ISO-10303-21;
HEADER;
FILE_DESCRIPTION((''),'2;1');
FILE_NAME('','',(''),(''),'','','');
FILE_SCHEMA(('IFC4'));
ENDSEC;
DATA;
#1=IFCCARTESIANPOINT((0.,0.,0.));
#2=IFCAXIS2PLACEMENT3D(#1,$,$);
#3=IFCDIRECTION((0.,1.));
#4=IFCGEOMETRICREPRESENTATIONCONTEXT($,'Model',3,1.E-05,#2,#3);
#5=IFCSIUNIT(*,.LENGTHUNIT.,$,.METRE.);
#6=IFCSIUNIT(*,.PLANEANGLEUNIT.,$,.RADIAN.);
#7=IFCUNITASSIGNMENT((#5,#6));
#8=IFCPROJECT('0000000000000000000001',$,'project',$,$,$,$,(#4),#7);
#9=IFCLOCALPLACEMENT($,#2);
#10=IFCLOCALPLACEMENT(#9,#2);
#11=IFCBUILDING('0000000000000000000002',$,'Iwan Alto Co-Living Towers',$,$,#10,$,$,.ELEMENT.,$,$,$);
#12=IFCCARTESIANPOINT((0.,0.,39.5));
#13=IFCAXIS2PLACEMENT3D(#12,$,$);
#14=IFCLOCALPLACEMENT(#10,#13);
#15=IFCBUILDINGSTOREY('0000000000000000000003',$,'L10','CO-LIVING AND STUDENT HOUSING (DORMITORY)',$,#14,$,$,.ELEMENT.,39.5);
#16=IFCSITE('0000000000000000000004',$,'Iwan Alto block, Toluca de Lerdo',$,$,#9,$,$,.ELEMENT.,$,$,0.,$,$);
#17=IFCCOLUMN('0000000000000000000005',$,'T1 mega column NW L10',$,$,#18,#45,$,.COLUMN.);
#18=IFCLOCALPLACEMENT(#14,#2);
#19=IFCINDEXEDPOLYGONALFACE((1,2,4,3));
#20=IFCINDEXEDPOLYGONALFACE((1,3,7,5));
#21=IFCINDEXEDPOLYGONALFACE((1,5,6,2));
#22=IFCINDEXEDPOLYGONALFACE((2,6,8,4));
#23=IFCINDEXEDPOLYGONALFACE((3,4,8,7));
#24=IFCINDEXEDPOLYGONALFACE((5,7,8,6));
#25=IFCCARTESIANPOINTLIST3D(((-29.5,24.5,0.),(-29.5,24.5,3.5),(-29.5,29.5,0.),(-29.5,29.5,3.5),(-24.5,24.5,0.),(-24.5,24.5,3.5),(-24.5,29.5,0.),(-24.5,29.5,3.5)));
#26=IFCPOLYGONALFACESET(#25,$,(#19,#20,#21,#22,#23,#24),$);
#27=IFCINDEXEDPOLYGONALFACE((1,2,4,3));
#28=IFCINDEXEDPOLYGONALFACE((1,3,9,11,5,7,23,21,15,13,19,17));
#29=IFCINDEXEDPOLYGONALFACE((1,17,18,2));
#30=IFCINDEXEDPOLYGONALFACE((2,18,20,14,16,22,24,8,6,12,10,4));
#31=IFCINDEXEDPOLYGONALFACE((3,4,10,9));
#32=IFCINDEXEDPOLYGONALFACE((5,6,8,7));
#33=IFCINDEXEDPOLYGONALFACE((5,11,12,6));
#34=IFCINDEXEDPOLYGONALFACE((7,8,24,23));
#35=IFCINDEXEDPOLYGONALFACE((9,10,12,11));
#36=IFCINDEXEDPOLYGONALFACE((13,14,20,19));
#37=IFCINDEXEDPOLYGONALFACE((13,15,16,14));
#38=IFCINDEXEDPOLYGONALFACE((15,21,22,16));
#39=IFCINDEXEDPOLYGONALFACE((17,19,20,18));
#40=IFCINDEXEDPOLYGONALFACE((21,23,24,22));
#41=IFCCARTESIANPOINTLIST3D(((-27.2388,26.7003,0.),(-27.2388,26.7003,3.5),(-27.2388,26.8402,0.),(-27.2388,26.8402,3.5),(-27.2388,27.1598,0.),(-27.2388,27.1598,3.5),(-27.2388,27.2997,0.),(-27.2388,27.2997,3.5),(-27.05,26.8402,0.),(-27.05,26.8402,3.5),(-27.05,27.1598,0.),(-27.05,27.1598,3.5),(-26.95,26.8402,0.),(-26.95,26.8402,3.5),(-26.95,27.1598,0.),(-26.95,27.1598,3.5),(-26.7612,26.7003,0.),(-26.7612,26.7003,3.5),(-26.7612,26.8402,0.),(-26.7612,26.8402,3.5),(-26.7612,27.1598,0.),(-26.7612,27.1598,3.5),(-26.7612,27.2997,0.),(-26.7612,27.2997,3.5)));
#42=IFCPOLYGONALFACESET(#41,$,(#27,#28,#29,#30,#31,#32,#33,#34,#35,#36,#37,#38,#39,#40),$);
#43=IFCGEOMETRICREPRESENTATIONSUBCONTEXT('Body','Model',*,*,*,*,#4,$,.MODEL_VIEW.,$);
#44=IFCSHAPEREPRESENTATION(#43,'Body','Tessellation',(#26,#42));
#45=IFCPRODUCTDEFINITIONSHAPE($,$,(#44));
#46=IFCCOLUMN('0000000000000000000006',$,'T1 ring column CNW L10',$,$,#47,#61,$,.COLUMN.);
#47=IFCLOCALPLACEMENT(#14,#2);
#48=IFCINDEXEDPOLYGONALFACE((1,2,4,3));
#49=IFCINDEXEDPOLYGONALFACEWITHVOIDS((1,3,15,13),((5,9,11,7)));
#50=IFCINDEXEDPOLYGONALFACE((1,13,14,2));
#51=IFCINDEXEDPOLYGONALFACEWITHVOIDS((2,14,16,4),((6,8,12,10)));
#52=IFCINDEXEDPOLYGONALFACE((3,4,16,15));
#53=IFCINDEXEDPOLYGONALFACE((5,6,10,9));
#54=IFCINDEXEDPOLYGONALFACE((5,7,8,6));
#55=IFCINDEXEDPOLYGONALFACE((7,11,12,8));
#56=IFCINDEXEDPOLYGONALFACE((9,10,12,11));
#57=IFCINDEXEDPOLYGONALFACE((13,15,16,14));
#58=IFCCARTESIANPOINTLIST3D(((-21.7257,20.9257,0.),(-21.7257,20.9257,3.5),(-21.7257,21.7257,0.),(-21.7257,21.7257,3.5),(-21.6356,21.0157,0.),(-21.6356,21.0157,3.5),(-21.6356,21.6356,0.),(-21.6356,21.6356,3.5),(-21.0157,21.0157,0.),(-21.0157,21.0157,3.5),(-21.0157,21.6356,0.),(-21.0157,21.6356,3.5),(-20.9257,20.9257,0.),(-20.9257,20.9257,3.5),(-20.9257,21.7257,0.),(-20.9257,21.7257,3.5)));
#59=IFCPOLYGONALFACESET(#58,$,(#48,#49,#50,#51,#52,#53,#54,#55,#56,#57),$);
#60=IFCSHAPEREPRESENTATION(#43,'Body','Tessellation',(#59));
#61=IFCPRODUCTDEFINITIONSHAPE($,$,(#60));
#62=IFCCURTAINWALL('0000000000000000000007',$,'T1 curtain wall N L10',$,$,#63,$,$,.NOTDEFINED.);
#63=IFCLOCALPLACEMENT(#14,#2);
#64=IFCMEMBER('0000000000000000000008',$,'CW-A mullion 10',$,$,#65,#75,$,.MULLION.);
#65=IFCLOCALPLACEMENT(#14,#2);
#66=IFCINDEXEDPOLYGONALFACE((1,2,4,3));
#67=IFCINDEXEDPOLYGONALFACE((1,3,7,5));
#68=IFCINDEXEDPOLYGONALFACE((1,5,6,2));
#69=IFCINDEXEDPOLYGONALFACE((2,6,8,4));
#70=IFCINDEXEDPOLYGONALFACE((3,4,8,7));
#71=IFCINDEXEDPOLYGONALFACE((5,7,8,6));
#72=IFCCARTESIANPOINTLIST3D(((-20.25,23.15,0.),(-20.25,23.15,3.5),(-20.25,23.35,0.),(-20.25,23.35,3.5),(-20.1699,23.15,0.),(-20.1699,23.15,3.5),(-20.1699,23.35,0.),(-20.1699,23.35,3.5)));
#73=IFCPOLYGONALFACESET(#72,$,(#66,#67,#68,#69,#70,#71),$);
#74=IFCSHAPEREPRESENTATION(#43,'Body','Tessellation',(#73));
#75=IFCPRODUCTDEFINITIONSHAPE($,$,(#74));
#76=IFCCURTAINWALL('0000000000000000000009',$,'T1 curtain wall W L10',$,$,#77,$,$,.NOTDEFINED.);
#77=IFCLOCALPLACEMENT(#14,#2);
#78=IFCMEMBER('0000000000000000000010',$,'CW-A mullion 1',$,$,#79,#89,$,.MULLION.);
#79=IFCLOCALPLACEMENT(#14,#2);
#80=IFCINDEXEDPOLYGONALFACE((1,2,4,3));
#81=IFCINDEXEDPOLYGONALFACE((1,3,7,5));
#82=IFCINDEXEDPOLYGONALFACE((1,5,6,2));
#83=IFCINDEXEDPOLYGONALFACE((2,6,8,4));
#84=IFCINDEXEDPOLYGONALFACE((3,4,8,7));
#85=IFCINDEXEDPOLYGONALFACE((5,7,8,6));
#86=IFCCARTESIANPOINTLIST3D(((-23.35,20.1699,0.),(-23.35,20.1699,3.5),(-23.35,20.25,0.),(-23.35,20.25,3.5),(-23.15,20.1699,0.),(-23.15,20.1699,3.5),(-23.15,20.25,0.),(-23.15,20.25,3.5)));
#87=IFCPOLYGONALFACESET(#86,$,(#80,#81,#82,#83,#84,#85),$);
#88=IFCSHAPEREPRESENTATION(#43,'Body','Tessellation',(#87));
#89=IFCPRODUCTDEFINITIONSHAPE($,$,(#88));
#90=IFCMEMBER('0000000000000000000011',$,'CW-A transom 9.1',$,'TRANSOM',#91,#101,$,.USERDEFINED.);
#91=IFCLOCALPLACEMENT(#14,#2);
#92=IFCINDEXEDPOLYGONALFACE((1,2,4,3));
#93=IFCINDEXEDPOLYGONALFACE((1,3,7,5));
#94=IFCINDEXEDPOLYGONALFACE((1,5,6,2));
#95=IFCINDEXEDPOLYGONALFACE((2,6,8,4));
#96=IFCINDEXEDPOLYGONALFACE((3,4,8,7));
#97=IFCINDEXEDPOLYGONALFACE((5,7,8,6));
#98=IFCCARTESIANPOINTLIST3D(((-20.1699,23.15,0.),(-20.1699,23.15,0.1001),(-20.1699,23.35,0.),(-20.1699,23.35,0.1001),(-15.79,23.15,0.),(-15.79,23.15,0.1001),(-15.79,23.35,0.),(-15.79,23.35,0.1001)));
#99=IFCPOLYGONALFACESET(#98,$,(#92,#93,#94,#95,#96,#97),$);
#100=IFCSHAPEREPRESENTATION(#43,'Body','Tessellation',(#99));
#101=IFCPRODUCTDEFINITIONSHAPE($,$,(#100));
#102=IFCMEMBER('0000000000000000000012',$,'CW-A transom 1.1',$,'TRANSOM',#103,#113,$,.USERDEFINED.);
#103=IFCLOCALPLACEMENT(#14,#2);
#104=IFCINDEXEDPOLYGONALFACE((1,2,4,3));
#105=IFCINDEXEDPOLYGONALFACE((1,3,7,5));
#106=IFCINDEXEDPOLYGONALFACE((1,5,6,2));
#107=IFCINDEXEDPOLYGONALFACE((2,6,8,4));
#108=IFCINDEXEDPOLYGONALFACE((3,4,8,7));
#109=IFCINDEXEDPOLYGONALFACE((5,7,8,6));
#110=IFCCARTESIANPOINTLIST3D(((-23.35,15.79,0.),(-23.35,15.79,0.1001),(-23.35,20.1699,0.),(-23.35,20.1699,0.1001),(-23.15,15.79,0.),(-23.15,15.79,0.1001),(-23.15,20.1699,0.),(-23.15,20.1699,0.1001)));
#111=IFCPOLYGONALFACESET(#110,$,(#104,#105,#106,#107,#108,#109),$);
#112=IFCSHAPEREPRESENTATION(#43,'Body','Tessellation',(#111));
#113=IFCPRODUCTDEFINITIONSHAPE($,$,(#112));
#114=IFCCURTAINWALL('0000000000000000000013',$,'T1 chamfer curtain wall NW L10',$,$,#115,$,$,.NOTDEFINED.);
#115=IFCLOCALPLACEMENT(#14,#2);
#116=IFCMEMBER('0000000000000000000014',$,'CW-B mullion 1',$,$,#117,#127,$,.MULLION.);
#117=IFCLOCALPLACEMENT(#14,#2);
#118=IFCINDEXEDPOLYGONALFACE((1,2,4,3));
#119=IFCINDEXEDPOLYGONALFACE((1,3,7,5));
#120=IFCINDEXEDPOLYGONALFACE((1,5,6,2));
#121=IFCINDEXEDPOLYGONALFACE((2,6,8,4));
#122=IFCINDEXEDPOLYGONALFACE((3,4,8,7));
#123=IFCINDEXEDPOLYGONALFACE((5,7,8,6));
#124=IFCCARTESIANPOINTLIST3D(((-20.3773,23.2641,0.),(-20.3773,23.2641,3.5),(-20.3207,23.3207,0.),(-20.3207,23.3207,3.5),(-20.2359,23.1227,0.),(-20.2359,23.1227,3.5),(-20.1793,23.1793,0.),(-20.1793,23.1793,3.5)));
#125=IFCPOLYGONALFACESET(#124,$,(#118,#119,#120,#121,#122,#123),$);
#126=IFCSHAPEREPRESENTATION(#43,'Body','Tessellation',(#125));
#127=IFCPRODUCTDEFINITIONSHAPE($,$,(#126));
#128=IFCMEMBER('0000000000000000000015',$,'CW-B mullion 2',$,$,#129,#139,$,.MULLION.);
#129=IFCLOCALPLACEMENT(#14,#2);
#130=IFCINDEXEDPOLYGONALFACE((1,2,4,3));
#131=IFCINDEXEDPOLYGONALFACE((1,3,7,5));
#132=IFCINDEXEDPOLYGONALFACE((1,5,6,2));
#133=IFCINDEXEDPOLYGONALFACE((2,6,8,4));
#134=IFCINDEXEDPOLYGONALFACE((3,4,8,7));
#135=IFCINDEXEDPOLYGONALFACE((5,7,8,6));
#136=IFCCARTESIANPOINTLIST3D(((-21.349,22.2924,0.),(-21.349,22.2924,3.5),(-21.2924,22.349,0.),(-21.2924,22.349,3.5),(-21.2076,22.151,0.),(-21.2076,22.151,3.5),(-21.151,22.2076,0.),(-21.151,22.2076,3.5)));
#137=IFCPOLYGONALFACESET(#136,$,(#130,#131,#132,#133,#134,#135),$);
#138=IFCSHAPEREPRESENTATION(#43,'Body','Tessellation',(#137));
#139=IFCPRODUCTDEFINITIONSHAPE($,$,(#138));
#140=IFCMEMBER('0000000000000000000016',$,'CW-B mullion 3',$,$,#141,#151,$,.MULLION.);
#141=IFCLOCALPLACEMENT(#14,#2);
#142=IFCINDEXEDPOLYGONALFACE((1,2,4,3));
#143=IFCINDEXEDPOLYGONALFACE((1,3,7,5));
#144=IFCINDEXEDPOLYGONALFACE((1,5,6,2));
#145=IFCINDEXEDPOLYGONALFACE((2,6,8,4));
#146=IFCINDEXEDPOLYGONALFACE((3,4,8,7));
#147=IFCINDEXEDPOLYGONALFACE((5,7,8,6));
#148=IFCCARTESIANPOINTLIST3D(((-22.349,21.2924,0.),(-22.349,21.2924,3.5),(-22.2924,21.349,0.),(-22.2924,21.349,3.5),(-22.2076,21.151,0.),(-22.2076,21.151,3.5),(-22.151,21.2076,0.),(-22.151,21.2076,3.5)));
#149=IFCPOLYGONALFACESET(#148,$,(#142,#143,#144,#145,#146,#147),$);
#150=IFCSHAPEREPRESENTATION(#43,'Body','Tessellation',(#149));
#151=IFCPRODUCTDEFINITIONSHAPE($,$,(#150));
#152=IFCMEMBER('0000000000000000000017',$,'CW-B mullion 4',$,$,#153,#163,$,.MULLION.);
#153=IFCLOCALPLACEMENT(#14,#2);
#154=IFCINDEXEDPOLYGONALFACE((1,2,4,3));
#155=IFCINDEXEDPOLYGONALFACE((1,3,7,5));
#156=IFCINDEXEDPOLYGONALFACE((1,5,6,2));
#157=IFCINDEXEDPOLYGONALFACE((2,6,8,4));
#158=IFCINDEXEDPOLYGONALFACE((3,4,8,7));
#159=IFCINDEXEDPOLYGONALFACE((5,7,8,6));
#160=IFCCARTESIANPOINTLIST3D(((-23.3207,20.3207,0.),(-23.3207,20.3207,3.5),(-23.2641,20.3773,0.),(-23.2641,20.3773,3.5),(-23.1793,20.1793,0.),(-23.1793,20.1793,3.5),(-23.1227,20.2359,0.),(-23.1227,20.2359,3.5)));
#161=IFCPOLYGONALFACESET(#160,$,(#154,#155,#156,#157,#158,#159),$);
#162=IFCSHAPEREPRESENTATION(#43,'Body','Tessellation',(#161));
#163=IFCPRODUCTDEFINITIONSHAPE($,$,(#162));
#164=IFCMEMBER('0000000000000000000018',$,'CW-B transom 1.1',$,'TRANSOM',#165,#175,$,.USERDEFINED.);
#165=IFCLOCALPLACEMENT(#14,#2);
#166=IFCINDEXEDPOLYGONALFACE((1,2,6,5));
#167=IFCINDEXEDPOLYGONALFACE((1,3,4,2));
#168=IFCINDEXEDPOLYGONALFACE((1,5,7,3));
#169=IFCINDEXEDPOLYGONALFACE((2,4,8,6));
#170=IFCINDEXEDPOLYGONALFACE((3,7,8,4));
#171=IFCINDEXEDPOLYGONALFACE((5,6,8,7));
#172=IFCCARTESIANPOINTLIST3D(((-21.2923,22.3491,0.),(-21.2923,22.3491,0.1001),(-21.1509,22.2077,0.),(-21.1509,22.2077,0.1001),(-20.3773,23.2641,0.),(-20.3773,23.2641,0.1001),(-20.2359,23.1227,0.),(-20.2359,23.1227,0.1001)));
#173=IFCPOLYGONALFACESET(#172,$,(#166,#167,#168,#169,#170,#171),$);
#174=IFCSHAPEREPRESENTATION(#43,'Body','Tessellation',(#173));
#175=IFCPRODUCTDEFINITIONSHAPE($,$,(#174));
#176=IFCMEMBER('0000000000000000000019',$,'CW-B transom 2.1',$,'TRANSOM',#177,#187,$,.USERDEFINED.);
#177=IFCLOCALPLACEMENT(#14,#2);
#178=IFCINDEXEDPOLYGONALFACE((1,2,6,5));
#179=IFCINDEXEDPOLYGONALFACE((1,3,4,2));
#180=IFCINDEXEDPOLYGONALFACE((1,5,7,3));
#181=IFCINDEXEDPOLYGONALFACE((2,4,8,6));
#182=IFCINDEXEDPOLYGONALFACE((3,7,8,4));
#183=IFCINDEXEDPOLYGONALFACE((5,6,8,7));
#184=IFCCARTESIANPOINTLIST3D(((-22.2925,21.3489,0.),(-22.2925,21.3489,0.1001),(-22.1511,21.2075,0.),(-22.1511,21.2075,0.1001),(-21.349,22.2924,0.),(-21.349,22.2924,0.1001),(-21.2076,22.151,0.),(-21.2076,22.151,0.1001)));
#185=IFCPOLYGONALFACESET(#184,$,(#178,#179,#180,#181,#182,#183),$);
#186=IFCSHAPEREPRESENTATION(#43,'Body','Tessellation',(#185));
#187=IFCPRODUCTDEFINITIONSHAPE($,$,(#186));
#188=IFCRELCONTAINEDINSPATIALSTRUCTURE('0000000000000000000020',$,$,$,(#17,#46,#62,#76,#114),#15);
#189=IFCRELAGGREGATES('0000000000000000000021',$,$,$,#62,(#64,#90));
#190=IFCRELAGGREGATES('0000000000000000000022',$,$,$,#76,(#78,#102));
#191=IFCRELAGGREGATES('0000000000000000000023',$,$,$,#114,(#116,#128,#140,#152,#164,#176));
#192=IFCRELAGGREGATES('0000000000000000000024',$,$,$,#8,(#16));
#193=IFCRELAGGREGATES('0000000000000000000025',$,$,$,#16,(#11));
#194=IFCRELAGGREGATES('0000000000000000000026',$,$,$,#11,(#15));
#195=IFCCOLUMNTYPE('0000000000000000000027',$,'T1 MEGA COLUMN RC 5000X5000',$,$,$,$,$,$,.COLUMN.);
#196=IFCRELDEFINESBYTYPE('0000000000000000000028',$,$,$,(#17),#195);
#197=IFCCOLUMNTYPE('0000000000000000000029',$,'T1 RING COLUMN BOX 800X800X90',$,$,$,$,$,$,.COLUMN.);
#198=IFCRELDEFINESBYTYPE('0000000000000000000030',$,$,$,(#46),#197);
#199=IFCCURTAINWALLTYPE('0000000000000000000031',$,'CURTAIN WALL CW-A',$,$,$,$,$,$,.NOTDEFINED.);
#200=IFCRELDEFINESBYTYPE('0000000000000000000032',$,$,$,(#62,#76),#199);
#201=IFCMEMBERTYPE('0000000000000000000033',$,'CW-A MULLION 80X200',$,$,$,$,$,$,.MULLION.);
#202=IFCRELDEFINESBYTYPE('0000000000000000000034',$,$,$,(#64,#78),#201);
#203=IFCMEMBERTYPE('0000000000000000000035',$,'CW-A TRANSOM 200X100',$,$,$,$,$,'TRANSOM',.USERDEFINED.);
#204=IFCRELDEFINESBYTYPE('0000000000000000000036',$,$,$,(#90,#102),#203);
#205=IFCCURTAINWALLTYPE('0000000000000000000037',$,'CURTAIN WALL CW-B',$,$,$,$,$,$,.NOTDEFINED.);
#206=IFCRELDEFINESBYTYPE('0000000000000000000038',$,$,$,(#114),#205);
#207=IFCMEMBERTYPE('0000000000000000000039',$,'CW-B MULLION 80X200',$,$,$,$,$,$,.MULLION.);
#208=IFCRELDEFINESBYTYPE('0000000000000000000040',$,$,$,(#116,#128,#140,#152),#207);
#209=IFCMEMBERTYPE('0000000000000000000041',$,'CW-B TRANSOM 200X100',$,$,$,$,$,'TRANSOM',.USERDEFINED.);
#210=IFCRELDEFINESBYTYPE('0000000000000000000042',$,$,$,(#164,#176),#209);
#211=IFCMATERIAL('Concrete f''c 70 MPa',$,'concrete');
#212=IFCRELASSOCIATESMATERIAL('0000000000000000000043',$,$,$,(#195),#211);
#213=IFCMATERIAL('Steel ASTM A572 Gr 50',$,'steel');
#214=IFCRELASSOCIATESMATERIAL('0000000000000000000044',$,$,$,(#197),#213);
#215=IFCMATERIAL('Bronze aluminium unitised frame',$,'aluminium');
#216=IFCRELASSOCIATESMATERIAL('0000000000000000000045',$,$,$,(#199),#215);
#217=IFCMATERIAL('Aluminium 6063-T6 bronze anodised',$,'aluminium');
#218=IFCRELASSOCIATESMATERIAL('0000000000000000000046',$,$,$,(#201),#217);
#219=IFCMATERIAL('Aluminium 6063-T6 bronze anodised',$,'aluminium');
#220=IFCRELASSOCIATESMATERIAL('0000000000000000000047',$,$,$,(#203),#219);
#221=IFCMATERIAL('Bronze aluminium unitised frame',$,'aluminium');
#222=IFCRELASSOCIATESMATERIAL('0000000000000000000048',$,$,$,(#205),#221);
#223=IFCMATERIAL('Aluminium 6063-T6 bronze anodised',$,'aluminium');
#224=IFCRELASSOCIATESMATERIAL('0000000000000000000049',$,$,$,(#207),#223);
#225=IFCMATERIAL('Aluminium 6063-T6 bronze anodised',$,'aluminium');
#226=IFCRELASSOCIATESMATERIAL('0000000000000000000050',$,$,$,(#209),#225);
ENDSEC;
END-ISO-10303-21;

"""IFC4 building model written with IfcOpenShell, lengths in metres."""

from ifc_helpers import new_model, si_unit, direction, frame, origin, origin_2d, place, context, subcontext, project, spatial, rectangle, hollow_rectangle, i_section, extrude, material, material_profile, profile_set, type_object, element, aggregate, save


model = new_model("IFC4")

# Units and contexts
model_context = context("Model", 3, precision=1e-05, world=origin(), true_north=direction((0.0, 1.0)))
body_context = subcontext(model_context, "Body", "Model", "MODEL_VIEW")
ifc_project = project(units=[si_unit("LENGTHUNIT", "METRE"), si_unit("PLANEANGLEUNIT", "RADIAN")], contexts=[model_context])

# Site, building, storey
site_placement = place(None, origin())
site = spatial("IfcSite", under=ifc_project, at=site_placement, Name="Iwan Alto block, Toluca de Lerdo", CompositionType="ELEMENT", RefElevation=0.0)
building_placement = place(site_placement, origin())
building = spatial("IfcBuilding", under=site, at=building_placement, Name="Iwan Alto Co-Living Towers", CompositionType="ELEMENT")
storey_placement = place(building_placement, frame((0.0, 0.0, 39.5)))
storey = spatial("IfcBuildingStorey", under=building, at=storey_placement, Name="L10", Description="CO-LIVING AND STUDENT HOUSING (DORMITORY)", CompositionType="ELEMENT", Elevation=39.5)

# Columns
ifc_material_1 = material(Name="Concrete f'c 70 MPa", Category="concrete")
ifc_material_profile_1 = material_profile(ifc_material_1, rectangle(XDim=5.0, YDim=5.0, at=origin_2d()), Name="RC 5000X5000")
ifc_profile_set_1 = profile_set([ifc_material_profile_1], Name="Concrete f'c 70 MPa")
column_type_1 = type_object("IfcColumnType", Name="T1 MEGA COLUMN RC 5000X5000", PredefinedType="COLUMN", material=ifc_profile_set_1)
column_1_placement = place(storey_placement, frame((-27.0, 27.0, 0.0), z_axis=(0.0, 0.0, 1.0), x_axis=(1.0, 0.0, 0.0)))
element("IfcColumn", 1, at=column_1_placement, inside=storey, type_object=column_type_1, Name="T1 mega column NW L10", PredefinedType="COLUMN", context=body_context, shape_type="SweptSolid", body=[
    extrude(rectangle(XDim=5.0, YDim=5.0, at=origin_2d()), origin(), (0.0, 0.0, 1.0), 3.5),
    extrude(i_section(OverallWidth=0.4775, OverallDepth=0.5994, WebThickness=0.1001, FlangeThickness=0.1399, at=origin_2d()), origin(), (0.0, 0.0, 1.0), 3.5),
])
ifc_material_2 = material(Name="Steel ASTM A572 Gr 50", Category="steel")
ifc_material_profile_2 = material_profile(ifc_material_2, hollow_rectangle(XDim=0.8, YDim=0.8, WallThickness=0.0901, at=origin_2d()), Name="BOX 800X800X90")
ifc_profile_set_2 = profile_set([ifc_material_profile_2], Name="Steel ASTM A572 Gr 50")
column_type_2 = type_object("IfcColumnType", Name="T1 RING COLUMN BOX 800X800X90", PredefinedType="COLUMN", material=ifc_profile_set_2)
column_2_placement = place(storey_placement, frame((-21.3257, 21.3257, 0.0), z_axis=(0.0, 0.0, 1.0), x_axis=(1.0, 0.0, 0.0)))
element("IfcColumn", 2, at=column_2_placement, inside=storey, type_object=column_type_2, Name="T1 ring column CNW L10", PredefinedType="COLUMN", context=body_context, shape_type="SweptSolid", body=[
    extrude(hollow_rectangle(XDim=0.8, YDim=0.8, WallThickness=0.0901, at=origin_2d()), origin(), (0.0, 0.0, 1.0), 3.5),
])

# Curtain walls, members
ifc_material_3 = material(Name="Bronze aluminium unitised frame", Category="aluminium")
curtain_wall_type_1 = type_object("IfcCurtainWallType", Name="CURTAIN WALL CW-A", PredefinedType="NOTDEFINED", material=ifc_material_3)
curtain_wall_1_placement = place(storey_placement, origin())
curtain_wall_1 = element("IfcCurtainWall", 3, at=curtain_wall_1_placement, inside=storey, type_object=curtain_wall_type_1, Name="T1 curtain wall N L10", PredefinedType="NOTDEFINED")
ifc_material_4 = material(Name="Aluminium 6063-T6 bronze anodised", Category="aluminium")
ifc_material_profile_3 = material_profile(ifc_material_4, rectangle(XDim=0.2, YDim=0.0801, at=origin_2d()), Name="AL 80X200")
ifc_profile_set_3 = profile_set([ifc_material_profile_3], Name="Aluminium 6063-T6 bronze anodised")
member_type_1 = type_object("IfcMemberType", Name="CW-A MULLION 80X200", PredefinedType="MULLION", material=ifc_profile_set_3)
member_1_placement = place(storey_placement, frame((-20.21, 23.25, 0.0), z_axis=(0.0, 0.0, 1.0), x_axis=(0.0, -1.0, 0.0)))
member_1 = element("IfcMember", 4, at=member_1_placement, type_object=member_type_1, Name="CW-A mullion 10", PredefinedType="MULLION", context=body_context, shape_type="SweptSolid", body=[
    extrude(rectangle(XDim=0.2, YDim=0.0801, at=origin_2d()), origin(), (0.0, 0.0, 1.0), 3.5),
])
curtain_wall_2_placement = place(storey_placement, origin())
curtain_wall_2 = element("IfcCurtainWall", 5, at=curtain_wall_2_placement, inside=storey, type_object=curtain_wall_type_1, Name="T1 curtain wall W L10", PredefinedType="NOTDEFINED")
member_2_placement = place(storey_placement, frame((-23.25, 20.21, 0.0), z_axis=(0.0, 0.0, 1.0), x_axis=(1.0, 0.0, 0.0)))
member_2 = element("IfcMember", 6, at=member_2_placement, type_object=member_type_1, Name="CW-A mullion 1", PredefinedType="MULLION", context=body_context, shape_type="SweptSolid", body=[
    extrude(rectangle(XDim=0.2, YDim=0.0801, at=origin_2d()), origin(), (0.0, 0.0, 1.0), 3.5),
])

# Members
ifc_material_5 = material(Name="Aluminium 6063-T6 bronze anodised", Category="aluminium")
ifc_material_profile_4 = material_profile(ifc_material_5, rectangle(XDim=0.2, YDim=0.1001, at=origin_2d()), Name="AL 200X100")
ifc_profile_set_4 = profile_set([ifc_material_profile_4], Name="Aluminium 6063-T6 bronze anodised")
member_type_2 = type_object("IfcMemberType", Name="CW-A TRANSOM 200X100", ElementType="TRANSOM", PredefinedType="USERDEFINED", material=ifc_profile_set_4)
member_3_placement = place(storey_placement, frame((-15.79, 23.25, 0.05), z_axis=(-1.0, 0.0, 0.0), x_axis=(0.0, -1.0, 0.0)))
member_3 = element("IfcMember", 7, at=member_3_placement, type_object=member_type_2, Name="CW-A transom 9.1", ObjectType="TRANSOM", PredefinedType="USERDEFINED", context=body_context, shape_type="SweptSolid", body=[
    extrude(rectangle(XDim=0.2, YDim=0.1001, at=origin_2d()), origin(), (0.0, 0.0, 1.0), 4.3799),
])
member_4_placement = place(storey_placement, frame((-23.25, 20.1699, 0.05), z_axis=(0.0, -1.0, 0.0), x_axis=(1.0, 0.0, 0.0)))
member_4 = element("IfcMember", 8, at=member_4_placement, type_object=member_type_2, Name="CW-A transom 1.1", ObjectType="TRANSOM", PredefinedType="USERDEFINED", context=body_context, shape_type="SweptSolid", body=[
    extrude(rectangle(XDim=0.2, YDim=0.1001, at=origin_2d()), origin(), (0.0, 0.0, 1.0), 4.3799),
])

# Curtain wall, members
ifc_material_6 = material(Name="Bronze aluminium unitised frame", Category="aluminium")
curtain_wall_type_2 = type_object("IfcCurtainWallType", Name="CURTAIN WALL CW-B", PredefinedType="NOTDEFINED", material=ifc_material_6)
curtain_wall_3_placement = place(storey_placement, origin())
curtain_wall_3 = element("IfcCurtainWall", 9, at=curtain_wall_3_placement, inside=storey, type_object=curtain_wall_type_2, Name="T1 chamfer curtain wall NW L10", PredefinedType="NOTDEFINED")
ifc_material_7 = material(Name="Aluminium 6063-T6 bronze anodised", Category="aluminium")
ifc_material_profile_5 = material_profile(ifc_material_7, rectangle(XDim=0.2, YDim=0.0801, at=origin_2d()), Name="AL 80X200")
ifc_profile_set_5 = profile_set([ifc_material_profile_5], Name="Aluminium 6063-T6 bronze anodised")
member_type_3 = type_object("IfcMemberType", Name="CW-B MULLION 80X200", PredefinedType="MULLION", material=ifc_profile_set_5)
member_5_placement = place(storey_placement, frame((-20.2783, 23.2217, 0.0), z_axis=(0.0, 0.0, 1.0), x_axis=(0.707107, -0.707107, 0.0)))
member_5 = element("IfcMember", 10, at=member_5_placement, type_object=member_type_3, Name="CW-B mullion 1", PredefinedType="MULLION", context=body_context, shape_type="SweptSolid", body=[
    extrude(rectangle(XDim=0.2, YDim=0.0801, at=origin_2d()), origin(), (0.0, 0.0, 1.0), 3.5),
])
member_6_placement = place(storey_placement, frame((-21.25, 22.25, 0.0), z_axis=(0.0, 0.0, 1.0), x_axis=(0.707107, -0.707107, 0.0)))
member_6 = element("IfcMember", 11, at=member_6_placement, type_object=member_type_3, Name="CW-B mullion 2", PredefinedType="MULLION", context=body_context, shape_type="SweptSolid", body=[
    extrude(rectangle(XDim=0.2, YDim=0.0801, at=origin_2d()), origin(), (0.0, 0.0, 1.0), 3.5),
])
member_7_placement = place(storey_placement, frame((-22.25, 21.25, 0.0), z_axis=(0.0, 0.0, 1.0), x_axis=(0.707107, -0.707107, 0.0)))
member_7 = element("IfcMember", 12, at=member_7_placement, type_object=member_type_3, Name="CW-B mullion 3", PredefinedType="MULLION", context=body_context, shape_type="SweptSolid", body=[
    extrude(rectangle(XDim=0.2, YDim=0.0801, at=origin_2d()), origin(), (0.0, 0.0, 1.0), 3.5),
])
member_8_placement = place(storey_placement, frame((-23.2217, 20.2783, 0.0), z_axis=(0.0, 0.0, 1.0), x_axis=(0.707107, -0.707107, 0.0)))
member_8 = element("IfcMember", 13, at=member_8_placement, type_object=member_type_3, Name="CW-B mullion 4", PredefinedType="MULLION", context=body_context, shape_type="SweptSolid", body=[
    extrude(rectangle(XDim=0.2, YDim=0.0801, at=origin_2d()), origin(), (0.0, 0.0, 1.0), 3.5),
])
ifc_material_8 = material(Name="Aluminium 6063-T6 bronze anodised", Category="aluminium")
ifc_material_profile_6 = material_profile(ifc_material_8, rectangle(XDim=0.2, YDim=0.1001, at=origin_2d()), Name="AL 200X100")
ifc_profile_set_6 = profile_set([ifc_material_profile_6], Name="Aluminium 6063-T6 bronze anodised")
member_type_4 = type_object("IfcMemberType", Name="CW-B TRANSOM 200X100", ElementType="TRANSOM", PredefinedType="USERDEFINED", material=ifc_profile_set_6)
member_9_placement = place(storey_placement, frame((-20.3066, 23.1934, 0.05), z_axis=(-0.707107, -0.707107, 0.0), x_axis=(0.707107, -0.707107, 0.0)))
member_9 = element("IfcMember", 14, at=member_9_placement, type_object=member_type_4, Name="CW-B transom 1.1", ObjectType="TRANSOM", PredefinedType="USERDEFINED", context=body_context, shape_type="SweptSolid", body=[
    extrude(rectangle(XDim=0.2, YDim=0.1001, at=origin_2d()), origin(), (0.0, 0.0, 1.0), 1.2939),
])
member_10_placement = place(storey_placement, frame((-21.2783, 22.2217, 0.05), z_axis=(-0.707107, -0.707107, 0.0), x_axis=(0.707107, -0.707107, 0.0)))
member_10 = element("IfcMember", 15, at=member_10_placement, type_object=member_type_4, Name="CW-B transom 2.1", ObjectType="TRANSOM", PredefinedType="USERDEFINED", context=body_context, shape_type="SweptSolid", body=[
    extrude(rectangle(XDim=0.2, YDim=0.1001, at=origin_2d()), origin(), (0.0, 0.0, 1.0), 1.3342),
])

aggregate(curtain_wall_1, [member_1, member_3])
aggregate(curtain_wall_2, [member_2, member_4])
aggregate(curtain_wall_3, [member_5, member_6, member_7, member_8, member_9, member_10])

save(model, "model.ifc")
